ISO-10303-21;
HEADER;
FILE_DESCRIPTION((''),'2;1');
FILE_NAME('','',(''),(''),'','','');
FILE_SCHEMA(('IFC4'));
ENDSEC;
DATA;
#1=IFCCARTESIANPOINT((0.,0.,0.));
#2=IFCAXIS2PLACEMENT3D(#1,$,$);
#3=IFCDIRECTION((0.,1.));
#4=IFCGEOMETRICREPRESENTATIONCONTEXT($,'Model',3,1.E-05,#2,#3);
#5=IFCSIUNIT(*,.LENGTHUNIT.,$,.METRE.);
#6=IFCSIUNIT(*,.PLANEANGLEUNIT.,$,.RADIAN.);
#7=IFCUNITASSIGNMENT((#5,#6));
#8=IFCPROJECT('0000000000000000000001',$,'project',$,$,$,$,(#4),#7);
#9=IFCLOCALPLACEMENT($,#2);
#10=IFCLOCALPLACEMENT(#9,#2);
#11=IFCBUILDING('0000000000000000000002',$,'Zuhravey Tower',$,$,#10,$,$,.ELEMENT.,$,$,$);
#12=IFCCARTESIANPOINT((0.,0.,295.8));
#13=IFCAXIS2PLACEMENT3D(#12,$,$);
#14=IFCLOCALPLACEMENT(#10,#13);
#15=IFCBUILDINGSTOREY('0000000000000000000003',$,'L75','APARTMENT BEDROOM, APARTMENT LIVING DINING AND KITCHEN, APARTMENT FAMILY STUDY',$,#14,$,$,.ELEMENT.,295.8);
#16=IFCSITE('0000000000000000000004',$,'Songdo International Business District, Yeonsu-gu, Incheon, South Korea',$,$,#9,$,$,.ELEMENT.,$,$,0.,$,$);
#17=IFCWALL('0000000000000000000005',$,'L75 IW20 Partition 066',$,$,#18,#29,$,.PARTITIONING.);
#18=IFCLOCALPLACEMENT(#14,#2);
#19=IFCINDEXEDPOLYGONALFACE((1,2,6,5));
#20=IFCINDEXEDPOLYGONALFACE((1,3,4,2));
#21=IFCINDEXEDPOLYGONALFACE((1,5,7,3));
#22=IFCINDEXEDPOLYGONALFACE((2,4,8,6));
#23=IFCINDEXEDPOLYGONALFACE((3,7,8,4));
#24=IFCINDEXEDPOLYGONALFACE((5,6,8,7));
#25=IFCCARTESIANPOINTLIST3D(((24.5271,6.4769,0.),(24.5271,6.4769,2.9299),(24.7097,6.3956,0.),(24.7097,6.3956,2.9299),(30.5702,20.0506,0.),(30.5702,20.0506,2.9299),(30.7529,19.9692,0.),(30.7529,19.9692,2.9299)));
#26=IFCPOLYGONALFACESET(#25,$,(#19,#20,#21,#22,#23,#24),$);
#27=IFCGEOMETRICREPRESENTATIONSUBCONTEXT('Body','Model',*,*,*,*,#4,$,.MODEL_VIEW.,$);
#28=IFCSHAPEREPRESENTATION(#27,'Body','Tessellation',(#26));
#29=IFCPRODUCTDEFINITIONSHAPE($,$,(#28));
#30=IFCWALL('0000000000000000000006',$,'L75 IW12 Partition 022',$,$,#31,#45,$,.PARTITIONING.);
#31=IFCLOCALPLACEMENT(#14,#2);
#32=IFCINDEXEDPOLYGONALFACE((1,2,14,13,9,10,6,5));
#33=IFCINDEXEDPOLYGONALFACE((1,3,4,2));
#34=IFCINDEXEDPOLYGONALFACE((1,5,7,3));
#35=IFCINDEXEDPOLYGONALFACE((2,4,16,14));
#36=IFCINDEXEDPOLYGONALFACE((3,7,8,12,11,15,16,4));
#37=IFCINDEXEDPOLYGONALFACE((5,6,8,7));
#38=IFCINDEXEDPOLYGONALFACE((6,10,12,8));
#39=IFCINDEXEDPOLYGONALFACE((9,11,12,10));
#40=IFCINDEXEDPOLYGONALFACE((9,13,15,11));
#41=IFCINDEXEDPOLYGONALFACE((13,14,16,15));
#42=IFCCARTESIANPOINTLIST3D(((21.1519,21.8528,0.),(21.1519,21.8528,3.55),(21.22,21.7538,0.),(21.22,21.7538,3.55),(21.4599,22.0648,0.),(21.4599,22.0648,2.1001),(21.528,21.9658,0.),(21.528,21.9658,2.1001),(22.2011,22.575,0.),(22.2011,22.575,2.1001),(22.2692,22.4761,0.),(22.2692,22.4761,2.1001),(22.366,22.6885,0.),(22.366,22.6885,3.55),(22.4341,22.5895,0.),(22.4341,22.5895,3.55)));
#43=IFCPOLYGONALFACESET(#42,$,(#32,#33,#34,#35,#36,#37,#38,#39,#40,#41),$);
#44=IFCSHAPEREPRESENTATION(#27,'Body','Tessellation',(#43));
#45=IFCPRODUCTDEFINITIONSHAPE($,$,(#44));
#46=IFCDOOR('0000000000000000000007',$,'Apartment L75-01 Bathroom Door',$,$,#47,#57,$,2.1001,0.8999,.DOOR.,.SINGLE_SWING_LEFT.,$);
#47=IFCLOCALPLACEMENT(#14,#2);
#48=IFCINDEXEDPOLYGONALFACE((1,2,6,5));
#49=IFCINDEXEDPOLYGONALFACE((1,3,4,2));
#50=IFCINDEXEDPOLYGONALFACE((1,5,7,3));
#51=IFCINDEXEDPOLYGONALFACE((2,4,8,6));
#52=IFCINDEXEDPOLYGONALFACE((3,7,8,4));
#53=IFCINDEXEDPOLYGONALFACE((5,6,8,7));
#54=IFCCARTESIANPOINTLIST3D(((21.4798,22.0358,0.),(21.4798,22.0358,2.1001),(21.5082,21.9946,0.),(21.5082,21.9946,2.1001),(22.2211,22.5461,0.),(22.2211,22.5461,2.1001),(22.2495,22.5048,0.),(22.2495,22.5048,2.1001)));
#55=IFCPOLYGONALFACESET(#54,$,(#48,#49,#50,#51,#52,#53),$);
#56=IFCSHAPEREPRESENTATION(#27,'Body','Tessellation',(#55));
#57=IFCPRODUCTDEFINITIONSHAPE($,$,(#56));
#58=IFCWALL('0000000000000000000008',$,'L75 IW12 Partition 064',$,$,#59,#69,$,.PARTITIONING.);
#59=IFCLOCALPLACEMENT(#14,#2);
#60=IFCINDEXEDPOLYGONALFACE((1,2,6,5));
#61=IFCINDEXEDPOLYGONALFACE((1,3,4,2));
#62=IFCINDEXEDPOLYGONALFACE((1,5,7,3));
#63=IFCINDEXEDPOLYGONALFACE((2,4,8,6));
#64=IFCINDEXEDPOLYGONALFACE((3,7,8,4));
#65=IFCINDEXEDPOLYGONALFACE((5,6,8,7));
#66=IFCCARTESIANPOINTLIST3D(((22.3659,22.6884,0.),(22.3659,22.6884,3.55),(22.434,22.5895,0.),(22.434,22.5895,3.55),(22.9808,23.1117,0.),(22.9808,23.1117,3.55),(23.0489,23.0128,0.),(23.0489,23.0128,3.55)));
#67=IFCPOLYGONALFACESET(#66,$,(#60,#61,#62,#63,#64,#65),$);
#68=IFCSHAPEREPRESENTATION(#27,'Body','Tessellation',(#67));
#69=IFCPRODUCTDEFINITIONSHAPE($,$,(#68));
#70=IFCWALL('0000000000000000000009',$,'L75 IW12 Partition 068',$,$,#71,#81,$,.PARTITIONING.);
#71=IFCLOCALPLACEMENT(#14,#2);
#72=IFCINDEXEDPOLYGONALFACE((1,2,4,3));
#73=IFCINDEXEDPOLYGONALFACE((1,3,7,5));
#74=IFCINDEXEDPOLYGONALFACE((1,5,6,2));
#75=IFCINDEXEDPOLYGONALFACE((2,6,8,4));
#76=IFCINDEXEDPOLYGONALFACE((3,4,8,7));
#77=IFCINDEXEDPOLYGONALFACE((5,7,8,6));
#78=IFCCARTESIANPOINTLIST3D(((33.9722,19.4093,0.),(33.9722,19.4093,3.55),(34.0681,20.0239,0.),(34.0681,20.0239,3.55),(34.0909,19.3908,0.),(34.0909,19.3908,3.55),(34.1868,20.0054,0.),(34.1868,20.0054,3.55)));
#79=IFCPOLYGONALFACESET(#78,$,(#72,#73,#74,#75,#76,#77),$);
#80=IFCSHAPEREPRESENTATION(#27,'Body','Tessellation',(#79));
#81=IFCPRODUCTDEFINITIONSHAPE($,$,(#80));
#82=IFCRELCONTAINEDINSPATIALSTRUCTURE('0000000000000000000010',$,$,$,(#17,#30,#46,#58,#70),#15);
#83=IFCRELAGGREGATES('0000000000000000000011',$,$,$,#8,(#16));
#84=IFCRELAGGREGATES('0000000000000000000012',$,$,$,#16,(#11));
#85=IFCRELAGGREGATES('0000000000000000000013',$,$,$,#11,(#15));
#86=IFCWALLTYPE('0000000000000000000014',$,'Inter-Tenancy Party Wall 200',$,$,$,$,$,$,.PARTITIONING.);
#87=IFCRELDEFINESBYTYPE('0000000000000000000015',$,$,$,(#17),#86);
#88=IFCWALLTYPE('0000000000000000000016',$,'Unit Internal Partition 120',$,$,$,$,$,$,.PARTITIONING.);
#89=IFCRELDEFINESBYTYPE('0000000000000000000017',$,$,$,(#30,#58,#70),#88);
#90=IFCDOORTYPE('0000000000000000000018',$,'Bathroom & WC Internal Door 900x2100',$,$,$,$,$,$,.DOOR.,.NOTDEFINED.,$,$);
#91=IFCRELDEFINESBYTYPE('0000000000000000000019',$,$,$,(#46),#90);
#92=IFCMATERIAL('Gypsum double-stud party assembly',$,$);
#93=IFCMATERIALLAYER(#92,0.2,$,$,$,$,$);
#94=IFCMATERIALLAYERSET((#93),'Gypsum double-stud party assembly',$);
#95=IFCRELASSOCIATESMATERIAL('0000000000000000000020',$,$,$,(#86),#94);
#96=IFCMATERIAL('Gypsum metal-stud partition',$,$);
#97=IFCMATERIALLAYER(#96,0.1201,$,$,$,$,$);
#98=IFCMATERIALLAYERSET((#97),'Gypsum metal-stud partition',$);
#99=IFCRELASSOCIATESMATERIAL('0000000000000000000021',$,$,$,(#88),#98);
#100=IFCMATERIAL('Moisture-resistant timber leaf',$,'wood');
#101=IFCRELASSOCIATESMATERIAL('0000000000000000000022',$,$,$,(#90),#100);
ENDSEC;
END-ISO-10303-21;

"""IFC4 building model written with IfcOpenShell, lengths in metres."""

from ifc_helpers import new_model, si_unit, direction, frame, frame_2d, origin, place, context, subcontext, project, spatial, rectangle, extrude, material, layer, layer_set, type_object, element, fill, save


model = new_model("IFC4")

# Units and contexts
model_context = context("Model", 3, precision=1e-05, world=origin(), true_north=direction((0.0, 1.0)))
body_context = subcontext(model_context, "Body", "Model", "MODEL_VIEW")
ifc_project = project(units=[si_unit("LENGTHUNIT", "METRE"), si_unit("PLANEANGLEUNIT", "RADIAN")], contexts=[model_context])

# Site, building, storey
site_placement = place(None, origin())
site = spatial("IfcSite", under=ifc_project, at=site_placement, Name="Songdo International Business District, Yeonsu-gu, Incheon, South Korea", CompositionType="ELEMENT", RefElevation=0.0)
building_placement = place(site_placement, origin())
building = spatial("IfcBuilding", under=site, at=building_placement, Name="Zuhravey Tower", CompositionType="ELEMENT")
storey_placement = place(building_placement, frame((0.0, 0.0, 295.8)))
storey = spatial("IfcBuildingStorey", under=building, at=storey_placement, Name="L75", Description="APARTMENT BEDROOM, APARTMENT LIVING DINING AND KITCHEN, APARTMENT FAMILY STUDY", CompositionType="ELEMENT", Elevation=295.8)

# Wall
ifc_material_1 = material(Name="Gypsum double-stud party assembly")
ifc_layer_1 = layer(ifc_material_1, 0.2)
ifc_layer_set_1 = layer_set([ifc_layer_1], Name="Gypsum double-stud party assembly")
wall_type_1 = type_object("IfcWallType", Name="Inter-Tenancy Party Wall 200", PredefinedType="PARTITIONING", material=ifc_layer_set_1)
wall_1_placement = place(storey_placement, frame((30.6616, 20.01, 0.0), z_axis=(0.0, 0.0, 1.0), x_axis=(-0.406725, -0.91355, 0.0)))
element("IfcWall", 1, at=wall_1_placement, inside=storey, type_object=wall_type_1, Name="L75 IW20 Partition 066", PredefinedType="PARTITIONING", context=body_context, shape_type="SweptSolid", body=[
    extrude(rectangle(XDim=14.8582, YDim=0.2, at=frame_2d((7.4292, 0.0))), origin(), (0.0, 0.0, 1.0), 2.9299),
])

# Wall, opening, door
ifc_material_2 = material(Name="Gypsum metal-stud partition")
ifc_layer_2 = layer(ifc_material_2, 0.1201)
ifc_layer_set_2 = layer_set([ifc_layer_2], Name="Gypsum metal-stud partition")
wall_type_2 = type_object("IfcWallType", Name="Unit Internal Partition 120", PredefinedType="PARTITIONING", material=ifc_layer_set_2)
wall_2_placement = place(storey_placement, frame((22.3999, 22.6389, 0.0), z_axis=(0.0, 0.0, 1.0), x_axis=(-0.823728, -0.566986, 0.0)))
wall_2 = element("IfcWall", 2, at=wall_2_placement, inside=storey, type_object=wall_type_2, Name="L75 IW12 Partition 022", PredefinedType="PARTITIONING", context=body_context, shape_type="SweptSolid", body=[
    extrude(rectangle(XDim=1.4739, YDim=0.1201, at=frame_2d((0.7368, 0.0))), origin(), (0.0, 0.0, 1.0), 3.55),
])
opening_1_placement = place(wall_2_placement, frame((0.2, 0.0, 0.0)))
opening_1 = element("IfcOpeningElement", 3, at=opening_1_placement, cuts=wall_2, PredefinedType="OPENING", context=body_context, shape_type="SweptSolid", body=[
    extrude(rectangle(XDim=0.8999, YDim=2.1001, at=frame_2d((0.45, 1.05))), frame((0.0, 0.072, 0.0), z_axis=(0.0, -1.0, 0.0), x_axis=(1.0, 0.0, 0.0)), (0.0, 0.0, 1.0), 0.144),
])
ifc_material_3 = material(Name="Moisture-resistant timber leaf", Category="wood")
door_type_1 = type_object("IfcDoorType", Name="Bathroom & WC Internal Door 900x2100", OperationType="NOTDEFINED", PredefinedType="DOOR", material=ifc_material_3)
door_1_placement = place(opening_1_placement, frame((0.8999, 0.0, 0.0), z_axis=(0.0, 0.0, 1.0), x_axis=(-1.0, 0.0, 0.0)))
door_1 = element("IfcDoor", 4, at=door_1_placement, inside=storey, type_object=door_type_1, Name="Apartment L75-01 Bathroom Door", OperationType="SINGLE_SWING_LEFT", OverallHeight=2.1001, OverallWidth=0.8999, PredefinedType="DOOR", context=body_context, shape_type="SweptSolid", body=[
    extrude(rectangle(XDim=0.8999, YDim=2.1001, at=frame_2d((0.45, 1.05))), frame((0.0, 0.0249, 0.0), z_axis=(0.0, -1.0, 0.0), x_axis=(1.0, 0.0, 0.0)), (0.0, 0.0, 1.0), 0.05),
])
fill(opening_1, door_1)

# Walls
wall_3_placement = place(storey_placement, frame((23.0149, 23.0623, 0.0), z_axis=(0.0, 0.0, 1.0), x_axis=(-0.823708, -0.567014, 0.0)))
element("IfcWall", 5, at=wall_3_placement, inside=storey, type_object=wall_type_2, Name="L75 IW12 Partition 064", PredefinedType="PARTITIONING", context=body_context, shape_type="SweptSolid", body=[
    extrude(rectangle(XDim=0.7466, YDim=0.1201, at=frame_2d((0.3733, 0.0))), origin(), (0.0, 0.0, 1.0), 3.55),
])
wall_4_placement = place(storey_placement, frame((34.1274, 20.0146, 0.0), z_axis=(0.0, 0.0, 1.0), x_axis=(-0.154209, -0.988038, 0.0)))
element("IfcWall", 6, at=wall_4_placement, inside=storey, type_object=wall_type_2, Name="L75 IW12 Partition 068", PredefinedType="PARTITIONING", context=body_context, shape_type="SweptSolid", body=[
    extrude(rectangle(XDim=0.6221, YDim=0.1201, at=frame_2d((0.311, 0.0))), origin(), (0.0, 0.0, 1.0), 3.55),
])

save(model, "model.ifc")
